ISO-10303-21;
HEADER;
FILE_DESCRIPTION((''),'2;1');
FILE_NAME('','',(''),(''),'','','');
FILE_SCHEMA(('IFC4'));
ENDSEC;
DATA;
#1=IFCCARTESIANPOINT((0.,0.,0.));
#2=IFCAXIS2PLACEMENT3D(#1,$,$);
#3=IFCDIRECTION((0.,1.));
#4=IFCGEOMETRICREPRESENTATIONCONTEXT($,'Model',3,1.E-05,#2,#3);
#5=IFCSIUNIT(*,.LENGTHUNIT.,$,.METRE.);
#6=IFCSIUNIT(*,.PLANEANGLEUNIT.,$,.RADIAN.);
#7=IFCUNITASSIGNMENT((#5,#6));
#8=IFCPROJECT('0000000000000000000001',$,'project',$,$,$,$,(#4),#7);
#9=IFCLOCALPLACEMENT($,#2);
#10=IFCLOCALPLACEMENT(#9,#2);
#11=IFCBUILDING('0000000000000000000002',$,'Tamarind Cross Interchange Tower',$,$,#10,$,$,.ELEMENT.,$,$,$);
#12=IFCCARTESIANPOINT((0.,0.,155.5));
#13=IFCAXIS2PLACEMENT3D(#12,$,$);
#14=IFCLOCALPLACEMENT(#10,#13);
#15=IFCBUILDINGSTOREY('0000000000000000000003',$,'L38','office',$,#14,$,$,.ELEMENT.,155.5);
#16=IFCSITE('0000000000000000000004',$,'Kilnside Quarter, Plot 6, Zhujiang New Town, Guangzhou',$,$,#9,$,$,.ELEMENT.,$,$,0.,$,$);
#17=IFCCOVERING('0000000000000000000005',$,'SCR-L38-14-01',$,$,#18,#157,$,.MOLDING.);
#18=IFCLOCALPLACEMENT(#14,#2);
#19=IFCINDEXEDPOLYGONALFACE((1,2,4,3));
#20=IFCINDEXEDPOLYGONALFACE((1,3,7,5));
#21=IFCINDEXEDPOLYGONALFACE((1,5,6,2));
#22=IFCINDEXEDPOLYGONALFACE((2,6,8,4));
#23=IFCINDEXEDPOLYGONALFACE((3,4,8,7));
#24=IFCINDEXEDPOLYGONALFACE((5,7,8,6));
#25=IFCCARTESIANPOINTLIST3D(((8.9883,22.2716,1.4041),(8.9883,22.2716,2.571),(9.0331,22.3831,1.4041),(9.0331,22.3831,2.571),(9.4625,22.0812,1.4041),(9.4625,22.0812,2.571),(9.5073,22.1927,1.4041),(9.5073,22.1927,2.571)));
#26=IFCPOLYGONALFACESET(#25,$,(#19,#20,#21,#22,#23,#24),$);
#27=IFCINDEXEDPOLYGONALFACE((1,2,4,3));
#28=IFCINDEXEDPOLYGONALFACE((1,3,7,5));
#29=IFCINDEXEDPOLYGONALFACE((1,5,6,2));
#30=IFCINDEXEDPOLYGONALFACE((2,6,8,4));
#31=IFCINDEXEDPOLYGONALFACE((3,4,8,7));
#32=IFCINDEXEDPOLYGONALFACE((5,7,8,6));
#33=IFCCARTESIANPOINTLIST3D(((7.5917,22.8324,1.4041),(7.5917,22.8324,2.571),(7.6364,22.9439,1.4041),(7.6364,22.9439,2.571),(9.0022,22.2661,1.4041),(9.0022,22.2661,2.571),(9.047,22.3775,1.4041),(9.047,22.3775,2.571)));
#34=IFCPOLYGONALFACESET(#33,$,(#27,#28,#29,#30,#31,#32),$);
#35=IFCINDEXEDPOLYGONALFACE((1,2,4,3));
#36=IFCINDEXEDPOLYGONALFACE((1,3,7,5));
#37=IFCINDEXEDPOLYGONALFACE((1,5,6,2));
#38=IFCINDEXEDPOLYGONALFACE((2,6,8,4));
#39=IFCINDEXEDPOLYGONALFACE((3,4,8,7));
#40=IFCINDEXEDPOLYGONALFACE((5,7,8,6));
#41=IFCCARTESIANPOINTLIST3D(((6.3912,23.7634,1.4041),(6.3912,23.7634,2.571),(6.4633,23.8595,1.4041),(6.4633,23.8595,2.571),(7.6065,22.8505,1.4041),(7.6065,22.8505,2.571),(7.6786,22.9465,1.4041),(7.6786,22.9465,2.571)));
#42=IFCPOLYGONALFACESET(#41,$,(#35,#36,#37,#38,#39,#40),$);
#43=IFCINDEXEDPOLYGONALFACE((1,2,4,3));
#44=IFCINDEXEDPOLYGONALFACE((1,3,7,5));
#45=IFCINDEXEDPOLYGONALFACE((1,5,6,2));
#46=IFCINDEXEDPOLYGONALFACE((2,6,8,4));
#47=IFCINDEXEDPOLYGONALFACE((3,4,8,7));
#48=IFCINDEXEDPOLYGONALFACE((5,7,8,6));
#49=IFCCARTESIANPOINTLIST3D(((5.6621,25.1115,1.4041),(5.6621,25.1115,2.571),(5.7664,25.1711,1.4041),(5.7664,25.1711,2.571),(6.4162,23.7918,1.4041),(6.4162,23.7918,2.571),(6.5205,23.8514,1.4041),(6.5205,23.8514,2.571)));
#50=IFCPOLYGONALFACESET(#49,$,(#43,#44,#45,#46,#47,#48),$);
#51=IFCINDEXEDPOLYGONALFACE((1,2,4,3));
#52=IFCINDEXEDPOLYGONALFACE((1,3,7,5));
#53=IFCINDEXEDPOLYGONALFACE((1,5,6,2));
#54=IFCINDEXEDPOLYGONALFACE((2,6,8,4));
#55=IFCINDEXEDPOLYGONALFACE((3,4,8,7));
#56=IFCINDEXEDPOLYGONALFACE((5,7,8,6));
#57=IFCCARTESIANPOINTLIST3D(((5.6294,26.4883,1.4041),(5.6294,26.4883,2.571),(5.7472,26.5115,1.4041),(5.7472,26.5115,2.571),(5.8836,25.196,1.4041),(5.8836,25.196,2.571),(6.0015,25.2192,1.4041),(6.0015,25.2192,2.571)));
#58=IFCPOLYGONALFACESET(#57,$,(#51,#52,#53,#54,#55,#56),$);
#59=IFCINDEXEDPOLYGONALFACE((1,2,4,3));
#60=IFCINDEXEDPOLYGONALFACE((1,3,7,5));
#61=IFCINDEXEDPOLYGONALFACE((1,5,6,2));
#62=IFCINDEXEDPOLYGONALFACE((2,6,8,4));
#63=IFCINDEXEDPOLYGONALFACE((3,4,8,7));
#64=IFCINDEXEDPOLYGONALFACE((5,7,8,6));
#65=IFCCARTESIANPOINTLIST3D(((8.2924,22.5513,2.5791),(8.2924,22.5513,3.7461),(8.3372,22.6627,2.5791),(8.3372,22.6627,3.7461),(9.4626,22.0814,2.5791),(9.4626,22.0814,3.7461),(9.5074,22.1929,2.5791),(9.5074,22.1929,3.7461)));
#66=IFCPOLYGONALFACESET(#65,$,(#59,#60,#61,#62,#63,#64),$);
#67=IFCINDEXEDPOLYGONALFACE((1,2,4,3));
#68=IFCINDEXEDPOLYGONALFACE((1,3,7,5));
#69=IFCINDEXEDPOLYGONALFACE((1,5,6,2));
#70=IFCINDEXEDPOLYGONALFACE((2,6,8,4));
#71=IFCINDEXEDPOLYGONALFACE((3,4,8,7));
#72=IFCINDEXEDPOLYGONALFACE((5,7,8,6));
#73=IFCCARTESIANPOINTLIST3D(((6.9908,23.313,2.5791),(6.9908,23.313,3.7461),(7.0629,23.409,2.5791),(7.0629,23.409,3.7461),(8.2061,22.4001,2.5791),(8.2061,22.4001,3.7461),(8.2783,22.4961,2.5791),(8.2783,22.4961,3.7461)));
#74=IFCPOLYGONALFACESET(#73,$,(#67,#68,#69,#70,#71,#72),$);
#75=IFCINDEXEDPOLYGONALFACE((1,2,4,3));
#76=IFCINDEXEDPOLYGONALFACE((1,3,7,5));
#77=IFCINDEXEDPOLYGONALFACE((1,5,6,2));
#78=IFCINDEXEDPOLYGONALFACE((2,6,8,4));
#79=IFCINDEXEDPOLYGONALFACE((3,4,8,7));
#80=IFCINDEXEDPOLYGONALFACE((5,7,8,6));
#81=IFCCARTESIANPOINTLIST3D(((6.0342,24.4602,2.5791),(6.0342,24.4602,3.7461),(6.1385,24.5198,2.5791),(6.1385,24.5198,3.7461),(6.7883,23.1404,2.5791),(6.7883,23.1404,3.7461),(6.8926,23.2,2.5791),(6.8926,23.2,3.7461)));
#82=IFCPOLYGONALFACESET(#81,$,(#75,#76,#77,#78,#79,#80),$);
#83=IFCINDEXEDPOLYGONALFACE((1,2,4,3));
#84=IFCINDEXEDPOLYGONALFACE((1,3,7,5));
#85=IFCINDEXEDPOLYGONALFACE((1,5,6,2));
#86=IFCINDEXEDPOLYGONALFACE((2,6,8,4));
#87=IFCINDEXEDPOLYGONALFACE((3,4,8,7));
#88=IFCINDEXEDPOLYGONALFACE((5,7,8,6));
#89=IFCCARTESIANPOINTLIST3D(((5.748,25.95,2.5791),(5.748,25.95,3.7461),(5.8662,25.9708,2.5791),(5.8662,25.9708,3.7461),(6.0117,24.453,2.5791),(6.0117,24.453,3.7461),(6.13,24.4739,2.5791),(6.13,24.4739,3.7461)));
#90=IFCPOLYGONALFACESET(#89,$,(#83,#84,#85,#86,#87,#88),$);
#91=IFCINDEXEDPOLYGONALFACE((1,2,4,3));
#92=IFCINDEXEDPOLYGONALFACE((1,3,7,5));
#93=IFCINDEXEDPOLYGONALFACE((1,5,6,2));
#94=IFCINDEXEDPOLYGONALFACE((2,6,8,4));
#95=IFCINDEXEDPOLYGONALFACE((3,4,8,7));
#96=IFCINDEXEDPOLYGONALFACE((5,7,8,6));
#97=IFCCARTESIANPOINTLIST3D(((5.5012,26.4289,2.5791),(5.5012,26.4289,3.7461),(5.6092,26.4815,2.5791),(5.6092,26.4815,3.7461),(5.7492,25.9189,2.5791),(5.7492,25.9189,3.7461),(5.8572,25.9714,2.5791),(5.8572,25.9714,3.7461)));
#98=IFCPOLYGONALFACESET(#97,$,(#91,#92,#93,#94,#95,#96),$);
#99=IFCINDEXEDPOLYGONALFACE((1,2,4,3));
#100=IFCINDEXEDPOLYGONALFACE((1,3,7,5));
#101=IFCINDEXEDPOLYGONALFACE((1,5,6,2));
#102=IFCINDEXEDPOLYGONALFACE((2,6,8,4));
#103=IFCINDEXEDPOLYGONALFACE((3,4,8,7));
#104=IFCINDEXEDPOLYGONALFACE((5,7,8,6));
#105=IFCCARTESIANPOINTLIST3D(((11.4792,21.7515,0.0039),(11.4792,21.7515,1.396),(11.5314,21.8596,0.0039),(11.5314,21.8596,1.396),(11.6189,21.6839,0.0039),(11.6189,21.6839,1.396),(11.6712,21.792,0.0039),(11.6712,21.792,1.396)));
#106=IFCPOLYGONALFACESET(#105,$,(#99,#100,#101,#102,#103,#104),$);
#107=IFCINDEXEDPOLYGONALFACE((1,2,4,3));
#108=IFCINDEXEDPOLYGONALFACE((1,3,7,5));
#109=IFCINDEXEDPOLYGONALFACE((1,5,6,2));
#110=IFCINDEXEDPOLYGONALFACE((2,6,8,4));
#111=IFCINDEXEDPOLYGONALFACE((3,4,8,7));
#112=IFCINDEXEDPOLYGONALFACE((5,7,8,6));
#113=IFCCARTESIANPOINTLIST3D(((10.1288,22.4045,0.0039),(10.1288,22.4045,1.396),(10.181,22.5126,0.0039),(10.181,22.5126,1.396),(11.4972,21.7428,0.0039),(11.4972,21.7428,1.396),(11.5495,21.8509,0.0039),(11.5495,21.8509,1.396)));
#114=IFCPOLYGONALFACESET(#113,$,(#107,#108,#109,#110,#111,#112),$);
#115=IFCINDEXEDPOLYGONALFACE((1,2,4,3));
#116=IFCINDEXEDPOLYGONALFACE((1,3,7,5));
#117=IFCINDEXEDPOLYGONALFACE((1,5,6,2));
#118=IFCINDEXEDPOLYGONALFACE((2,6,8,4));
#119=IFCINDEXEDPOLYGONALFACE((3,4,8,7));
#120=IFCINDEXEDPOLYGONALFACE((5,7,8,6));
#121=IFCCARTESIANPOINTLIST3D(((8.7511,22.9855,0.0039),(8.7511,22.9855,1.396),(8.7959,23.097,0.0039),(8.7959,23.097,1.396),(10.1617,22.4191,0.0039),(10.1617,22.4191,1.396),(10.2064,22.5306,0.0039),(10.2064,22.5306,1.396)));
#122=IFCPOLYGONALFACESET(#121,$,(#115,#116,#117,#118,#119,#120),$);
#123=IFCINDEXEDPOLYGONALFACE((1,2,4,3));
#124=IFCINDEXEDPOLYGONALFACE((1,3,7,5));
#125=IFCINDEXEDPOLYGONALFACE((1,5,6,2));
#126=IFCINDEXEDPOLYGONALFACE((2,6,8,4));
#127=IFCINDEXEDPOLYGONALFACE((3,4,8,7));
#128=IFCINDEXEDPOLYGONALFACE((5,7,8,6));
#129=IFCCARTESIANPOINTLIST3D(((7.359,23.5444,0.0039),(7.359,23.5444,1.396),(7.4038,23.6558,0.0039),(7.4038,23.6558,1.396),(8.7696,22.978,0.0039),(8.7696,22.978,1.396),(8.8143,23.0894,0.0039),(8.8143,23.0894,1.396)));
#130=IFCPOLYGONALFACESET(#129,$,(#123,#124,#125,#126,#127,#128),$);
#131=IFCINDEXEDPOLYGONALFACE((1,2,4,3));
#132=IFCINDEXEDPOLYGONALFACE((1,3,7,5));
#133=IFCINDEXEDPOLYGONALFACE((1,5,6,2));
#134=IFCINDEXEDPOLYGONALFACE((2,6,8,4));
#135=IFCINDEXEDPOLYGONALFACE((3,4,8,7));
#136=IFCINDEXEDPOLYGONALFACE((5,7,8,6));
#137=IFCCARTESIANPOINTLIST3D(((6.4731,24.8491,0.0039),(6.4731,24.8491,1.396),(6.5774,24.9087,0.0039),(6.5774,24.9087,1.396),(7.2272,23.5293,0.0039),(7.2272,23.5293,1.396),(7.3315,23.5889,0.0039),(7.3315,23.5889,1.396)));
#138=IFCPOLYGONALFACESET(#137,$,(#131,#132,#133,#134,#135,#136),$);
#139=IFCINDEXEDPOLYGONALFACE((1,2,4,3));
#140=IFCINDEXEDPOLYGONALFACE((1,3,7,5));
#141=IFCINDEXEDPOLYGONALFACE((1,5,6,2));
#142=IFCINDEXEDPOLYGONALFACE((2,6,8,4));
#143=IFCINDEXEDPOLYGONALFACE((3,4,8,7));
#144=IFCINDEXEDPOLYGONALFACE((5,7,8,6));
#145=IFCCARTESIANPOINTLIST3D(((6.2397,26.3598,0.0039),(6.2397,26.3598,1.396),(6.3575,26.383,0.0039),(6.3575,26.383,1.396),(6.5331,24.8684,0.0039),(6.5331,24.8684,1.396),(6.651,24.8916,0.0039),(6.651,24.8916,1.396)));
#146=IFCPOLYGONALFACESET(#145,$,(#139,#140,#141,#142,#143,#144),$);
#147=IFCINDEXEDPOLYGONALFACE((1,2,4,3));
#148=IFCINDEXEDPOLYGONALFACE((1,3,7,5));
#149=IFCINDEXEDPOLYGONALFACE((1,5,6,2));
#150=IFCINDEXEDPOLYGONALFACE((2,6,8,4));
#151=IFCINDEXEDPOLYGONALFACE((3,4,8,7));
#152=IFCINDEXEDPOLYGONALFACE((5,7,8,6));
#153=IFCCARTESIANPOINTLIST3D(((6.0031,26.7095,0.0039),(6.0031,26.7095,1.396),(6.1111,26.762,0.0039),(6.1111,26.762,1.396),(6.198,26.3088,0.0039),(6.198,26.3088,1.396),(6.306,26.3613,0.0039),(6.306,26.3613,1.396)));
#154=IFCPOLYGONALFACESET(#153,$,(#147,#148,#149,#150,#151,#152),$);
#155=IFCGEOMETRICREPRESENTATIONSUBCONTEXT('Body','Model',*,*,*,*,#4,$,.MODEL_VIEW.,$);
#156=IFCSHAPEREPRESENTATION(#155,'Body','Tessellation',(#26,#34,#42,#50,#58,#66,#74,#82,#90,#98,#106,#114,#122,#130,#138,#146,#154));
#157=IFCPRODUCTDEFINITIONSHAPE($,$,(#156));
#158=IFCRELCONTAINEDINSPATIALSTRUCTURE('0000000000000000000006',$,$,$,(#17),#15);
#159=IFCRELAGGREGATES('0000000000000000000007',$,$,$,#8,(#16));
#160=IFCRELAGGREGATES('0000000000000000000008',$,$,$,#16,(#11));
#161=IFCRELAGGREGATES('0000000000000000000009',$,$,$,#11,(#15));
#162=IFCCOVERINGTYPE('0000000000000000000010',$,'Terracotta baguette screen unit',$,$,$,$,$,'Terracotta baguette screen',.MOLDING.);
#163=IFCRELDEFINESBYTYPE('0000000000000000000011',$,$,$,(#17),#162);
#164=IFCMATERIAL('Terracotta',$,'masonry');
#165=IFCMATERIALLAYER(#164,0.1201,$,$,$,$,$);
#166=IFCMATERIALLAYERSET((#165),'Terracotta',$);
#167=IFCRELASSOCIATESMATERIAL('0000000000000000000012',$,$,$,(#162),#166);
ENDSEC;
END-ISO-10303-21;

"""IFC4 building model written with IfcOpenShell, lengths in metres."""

from ifc_helpers import new_model, si_unit, direction, frame, origin, origin_2d, place, context, subcontext, project, spatial, rectangle, extrude, material, layer, layer_set, type_object, element, save


model = new_model("IFC4")

# Units and contexts
model_context = context("Model", 3, precision=1e-05, world=origin(), true_north=direction((0.0, 1.0)))
body_context = subcontext(model_context, "Body", "Model", "MODEL_VIEW")
ifc_project = project(units=[si_unit("LENGTHUNIT", "METRE"), si_unit("PLANEANGLEUNIT", "RADIAN")], contexts=[model_context])

# Site, building, storey
site_placement = place(None, origin())
site = spatial("IfcSite", under=ifc_project, at=site_placement, Name="Kilnside Quarter, Plot 6, Zhujiang New Town, Guangzhou", CompositionType="ELEMENT", RefElevation=0.0)
building_placement = place(site_placement, origin())
building = spatial("IfcBuilding", under=site, at=building_placement, Name="Tamarind Cross Interchange Tower", CompositionType="ELEMENT")
storey_placement = place(building_placement, frame((0.0, 0.0, 155.5)))
storey = spatial("IfcBuildingStorey", under=building, at=storey_placement, Name="L38", Description="office", CompositionType="ELEMENT", Elevation=155.5)

# Covering
ifc_material_1 = material(Name="Terracotta", Category="masonry")
ifc_layer_1 = layer(ifc_material_1, 0.1201)
ifc_layer_set_1 = layer_set([ifc_layer_1], Name="Terracotta")
covering_type = type_object("IfcCoveringType", Name="Terracotta baguette screen unit", ElementType="Terracotta baguette screen", PredefinedType="MOLDING", material=ifc_layer_set_1)
covering_1_placement = place(storey_placement, origin())
element("IfcCovering", 1, at=covering_1_placement, inside=storey, type_object=covering_type, Name="SCR-L38-14-01", PredefinedType="MOLDING", context=body_context, shape_type="SweptSolid", body=[
    extrude(rectangle(XDim=0.511, YDim=0.1201, at=origin_2d()), frame((9.2478, 22.2322, 1.4041), z_axis=(0.0, 0.0, 1.0), x_axis=(-0.927984, 0.37262, 0.0)), (0.0, 0.0, 1.0), 1.167),
    extrude(rectangle(XDim=1.52, YDim=0.1201, at=origin_2d()), frame((8.3193, 22.605, 1.4041), z_axis=(0.0, 0.0, 1.0), x_axis=(-0.927984, 0.37262, 0.0)), (0.0, 0.0, 1.0), 1.167),
    extrude(rectangle(XDim=1.52, YDim=0.1201, at=origin_2d()), frame((7.0349, 23.355, 1.4041), z_axis=(0.0, 0.0, 1.0), x_axis=(-0.799547, 0.600604, 0.0)), (0.0, 0.0, 1.0), 1.167),
    extrude(rectangle(XDim=1.52, YDim=0.1201, at=origin_2d()), frame((6.0913, 24.4814, 1.4041), z_axis=(0.0, 0.0, 1.0), x_axis=(-0.496112, 0.868258, 0.0)), (0.0, 0.0, 1.0), 1.167),
    extrude(rectangle(XDim=1.3171, YDim=0.1201, at=origin_2d()), frame((5.8154, 25.8538, 1.4041), z_axis=(0.0, 0.0, 1.0), x_axis=(-0.19306, 0.981187, 0.0)), (0.0, 0.0, 1.0), 1.167),
    extrude(rectangle(XDim=1.261, YDim=0.1201, at=origin_2d()), frame((8.8999, 22.3721, 2.5791), z_axis=(0.0, 0.0, 1.0), x_axis=(-0.927984, 0.37262, 0.0)), (0.0, 0.0, 1.0), 1.167),
    extrude(rectangle(XDim=1.52, YDim=0.1201, at=origin_2d()), frame((7.6345, 22.9045, 2.5791), z_axis=(0.0, 0.0, 1.0), x_axis=(-0.799547, 0.600604, 0.0)), (0.0, 0.0, 1.0), 1.167),
    extrude(rectangle(XDim=1.52, YDim=0.1201, at=origin_2d()), frame((6.4634, 23.8301, 2.5791), z_axis=(0.0, 0.0, 1.0), x_axis=(-0.496112, 0.868258, 0.0)), (0.0, 0.0, 1.0), 1.167),
    extrude(rectangle(XDim=1.52, YDim=0.1201, at=origin_2d()), frame((5.939, 25.2119, 2.5791), z_axis=(0.0, 0.0, 1.0), x_axis=(-0.173503, 0.984833, 0.0)), (0.0, 0.0, 1.0), 1.167),
    extrude(rectangle(XDim=0.5671, YDim=0.1201, at=origin_2d()), frame((5.6792, 26.2002, 2.5791), z_axis=(0.0, 0.0, 1.0), x_axis=(-0.437329, 0.899301, 0.0)), (0.0, 0.0, 1.0), 1.167),
    extrude(rectangle(XDim=0.1553, YDim=0.1201, at=origin_2d()), frame((11.5752, 21.7717, 0.0039), z_axis=(0.0, 0.0, 1.0), x_axis=(-0.900273, 0.435326, 0.0)), (0.0, 0.0, 1.0), 1.3921),
    extrude(rectangle(XDim=1.52, YDim=0.1201, at=origin_2d()), frame((10.8391, 22.1277, 0.0039), z_axis=(0.0, 0.0, 1.0), x_axis=(-0.900273, 0.435326, 0.0)), (0.0, 0.0, 1.0), 1.3921),
    extrude(rectangle(XDim=1.52, YDim=0.1201, at=origin_2d()), frame((9.4788, 22.7581, 0.0039), z_axis=(0.0, 0.0, 1.0), x_axis=(-0.927984, 0.37262, 0.0)), (0.0, 0.0, 1.0), 1.3921),
    extrude(rectangle(XDim=1.52, YDim=0.1201, at=origin_2d()), frame((8.0867, 23.3169, 0.0039), z_axis=(0.0, 0.0, 1.0), x_axis=(-0.927984, 0.37262, 0.0)), (0.0, 0.0, 1.0), 1.3921),
    extrude(rectangle(XDim=1.52, YDim=0.1201, at=origin_2d()), frame((6.9023, 24.219, 0.0039), z_axis=(0.0, 0.0, 1.0), x_axis=(-0.496112, 0.868258, 0.0)), (0.0, 0.0, 1.0), 1.3921),
    extrude(rectangle(XDim=1.52, YDim=0.1201, at=origin_2d()), frame((6.4453, 25.6257, 0.0039), z_axis=(0.0, 0.0, 1.0), x_axis=(-0.19306, 0.981187, 0.0)), (0.0, 0.0, 1.0), 1.3921),
    extrude(rectangle(XDim=0.4456, YDim=0.1201, at=origin_2d()), frame((6.1545, 26.5354, 0.0039), z_axis=(0.0, 0.0, 1.0), x_axis=(-0.437329, 0.899301, 0.0)), (0.0, 0.0, 1.0), 1.3921),
])

save(model, "model.ifc")
